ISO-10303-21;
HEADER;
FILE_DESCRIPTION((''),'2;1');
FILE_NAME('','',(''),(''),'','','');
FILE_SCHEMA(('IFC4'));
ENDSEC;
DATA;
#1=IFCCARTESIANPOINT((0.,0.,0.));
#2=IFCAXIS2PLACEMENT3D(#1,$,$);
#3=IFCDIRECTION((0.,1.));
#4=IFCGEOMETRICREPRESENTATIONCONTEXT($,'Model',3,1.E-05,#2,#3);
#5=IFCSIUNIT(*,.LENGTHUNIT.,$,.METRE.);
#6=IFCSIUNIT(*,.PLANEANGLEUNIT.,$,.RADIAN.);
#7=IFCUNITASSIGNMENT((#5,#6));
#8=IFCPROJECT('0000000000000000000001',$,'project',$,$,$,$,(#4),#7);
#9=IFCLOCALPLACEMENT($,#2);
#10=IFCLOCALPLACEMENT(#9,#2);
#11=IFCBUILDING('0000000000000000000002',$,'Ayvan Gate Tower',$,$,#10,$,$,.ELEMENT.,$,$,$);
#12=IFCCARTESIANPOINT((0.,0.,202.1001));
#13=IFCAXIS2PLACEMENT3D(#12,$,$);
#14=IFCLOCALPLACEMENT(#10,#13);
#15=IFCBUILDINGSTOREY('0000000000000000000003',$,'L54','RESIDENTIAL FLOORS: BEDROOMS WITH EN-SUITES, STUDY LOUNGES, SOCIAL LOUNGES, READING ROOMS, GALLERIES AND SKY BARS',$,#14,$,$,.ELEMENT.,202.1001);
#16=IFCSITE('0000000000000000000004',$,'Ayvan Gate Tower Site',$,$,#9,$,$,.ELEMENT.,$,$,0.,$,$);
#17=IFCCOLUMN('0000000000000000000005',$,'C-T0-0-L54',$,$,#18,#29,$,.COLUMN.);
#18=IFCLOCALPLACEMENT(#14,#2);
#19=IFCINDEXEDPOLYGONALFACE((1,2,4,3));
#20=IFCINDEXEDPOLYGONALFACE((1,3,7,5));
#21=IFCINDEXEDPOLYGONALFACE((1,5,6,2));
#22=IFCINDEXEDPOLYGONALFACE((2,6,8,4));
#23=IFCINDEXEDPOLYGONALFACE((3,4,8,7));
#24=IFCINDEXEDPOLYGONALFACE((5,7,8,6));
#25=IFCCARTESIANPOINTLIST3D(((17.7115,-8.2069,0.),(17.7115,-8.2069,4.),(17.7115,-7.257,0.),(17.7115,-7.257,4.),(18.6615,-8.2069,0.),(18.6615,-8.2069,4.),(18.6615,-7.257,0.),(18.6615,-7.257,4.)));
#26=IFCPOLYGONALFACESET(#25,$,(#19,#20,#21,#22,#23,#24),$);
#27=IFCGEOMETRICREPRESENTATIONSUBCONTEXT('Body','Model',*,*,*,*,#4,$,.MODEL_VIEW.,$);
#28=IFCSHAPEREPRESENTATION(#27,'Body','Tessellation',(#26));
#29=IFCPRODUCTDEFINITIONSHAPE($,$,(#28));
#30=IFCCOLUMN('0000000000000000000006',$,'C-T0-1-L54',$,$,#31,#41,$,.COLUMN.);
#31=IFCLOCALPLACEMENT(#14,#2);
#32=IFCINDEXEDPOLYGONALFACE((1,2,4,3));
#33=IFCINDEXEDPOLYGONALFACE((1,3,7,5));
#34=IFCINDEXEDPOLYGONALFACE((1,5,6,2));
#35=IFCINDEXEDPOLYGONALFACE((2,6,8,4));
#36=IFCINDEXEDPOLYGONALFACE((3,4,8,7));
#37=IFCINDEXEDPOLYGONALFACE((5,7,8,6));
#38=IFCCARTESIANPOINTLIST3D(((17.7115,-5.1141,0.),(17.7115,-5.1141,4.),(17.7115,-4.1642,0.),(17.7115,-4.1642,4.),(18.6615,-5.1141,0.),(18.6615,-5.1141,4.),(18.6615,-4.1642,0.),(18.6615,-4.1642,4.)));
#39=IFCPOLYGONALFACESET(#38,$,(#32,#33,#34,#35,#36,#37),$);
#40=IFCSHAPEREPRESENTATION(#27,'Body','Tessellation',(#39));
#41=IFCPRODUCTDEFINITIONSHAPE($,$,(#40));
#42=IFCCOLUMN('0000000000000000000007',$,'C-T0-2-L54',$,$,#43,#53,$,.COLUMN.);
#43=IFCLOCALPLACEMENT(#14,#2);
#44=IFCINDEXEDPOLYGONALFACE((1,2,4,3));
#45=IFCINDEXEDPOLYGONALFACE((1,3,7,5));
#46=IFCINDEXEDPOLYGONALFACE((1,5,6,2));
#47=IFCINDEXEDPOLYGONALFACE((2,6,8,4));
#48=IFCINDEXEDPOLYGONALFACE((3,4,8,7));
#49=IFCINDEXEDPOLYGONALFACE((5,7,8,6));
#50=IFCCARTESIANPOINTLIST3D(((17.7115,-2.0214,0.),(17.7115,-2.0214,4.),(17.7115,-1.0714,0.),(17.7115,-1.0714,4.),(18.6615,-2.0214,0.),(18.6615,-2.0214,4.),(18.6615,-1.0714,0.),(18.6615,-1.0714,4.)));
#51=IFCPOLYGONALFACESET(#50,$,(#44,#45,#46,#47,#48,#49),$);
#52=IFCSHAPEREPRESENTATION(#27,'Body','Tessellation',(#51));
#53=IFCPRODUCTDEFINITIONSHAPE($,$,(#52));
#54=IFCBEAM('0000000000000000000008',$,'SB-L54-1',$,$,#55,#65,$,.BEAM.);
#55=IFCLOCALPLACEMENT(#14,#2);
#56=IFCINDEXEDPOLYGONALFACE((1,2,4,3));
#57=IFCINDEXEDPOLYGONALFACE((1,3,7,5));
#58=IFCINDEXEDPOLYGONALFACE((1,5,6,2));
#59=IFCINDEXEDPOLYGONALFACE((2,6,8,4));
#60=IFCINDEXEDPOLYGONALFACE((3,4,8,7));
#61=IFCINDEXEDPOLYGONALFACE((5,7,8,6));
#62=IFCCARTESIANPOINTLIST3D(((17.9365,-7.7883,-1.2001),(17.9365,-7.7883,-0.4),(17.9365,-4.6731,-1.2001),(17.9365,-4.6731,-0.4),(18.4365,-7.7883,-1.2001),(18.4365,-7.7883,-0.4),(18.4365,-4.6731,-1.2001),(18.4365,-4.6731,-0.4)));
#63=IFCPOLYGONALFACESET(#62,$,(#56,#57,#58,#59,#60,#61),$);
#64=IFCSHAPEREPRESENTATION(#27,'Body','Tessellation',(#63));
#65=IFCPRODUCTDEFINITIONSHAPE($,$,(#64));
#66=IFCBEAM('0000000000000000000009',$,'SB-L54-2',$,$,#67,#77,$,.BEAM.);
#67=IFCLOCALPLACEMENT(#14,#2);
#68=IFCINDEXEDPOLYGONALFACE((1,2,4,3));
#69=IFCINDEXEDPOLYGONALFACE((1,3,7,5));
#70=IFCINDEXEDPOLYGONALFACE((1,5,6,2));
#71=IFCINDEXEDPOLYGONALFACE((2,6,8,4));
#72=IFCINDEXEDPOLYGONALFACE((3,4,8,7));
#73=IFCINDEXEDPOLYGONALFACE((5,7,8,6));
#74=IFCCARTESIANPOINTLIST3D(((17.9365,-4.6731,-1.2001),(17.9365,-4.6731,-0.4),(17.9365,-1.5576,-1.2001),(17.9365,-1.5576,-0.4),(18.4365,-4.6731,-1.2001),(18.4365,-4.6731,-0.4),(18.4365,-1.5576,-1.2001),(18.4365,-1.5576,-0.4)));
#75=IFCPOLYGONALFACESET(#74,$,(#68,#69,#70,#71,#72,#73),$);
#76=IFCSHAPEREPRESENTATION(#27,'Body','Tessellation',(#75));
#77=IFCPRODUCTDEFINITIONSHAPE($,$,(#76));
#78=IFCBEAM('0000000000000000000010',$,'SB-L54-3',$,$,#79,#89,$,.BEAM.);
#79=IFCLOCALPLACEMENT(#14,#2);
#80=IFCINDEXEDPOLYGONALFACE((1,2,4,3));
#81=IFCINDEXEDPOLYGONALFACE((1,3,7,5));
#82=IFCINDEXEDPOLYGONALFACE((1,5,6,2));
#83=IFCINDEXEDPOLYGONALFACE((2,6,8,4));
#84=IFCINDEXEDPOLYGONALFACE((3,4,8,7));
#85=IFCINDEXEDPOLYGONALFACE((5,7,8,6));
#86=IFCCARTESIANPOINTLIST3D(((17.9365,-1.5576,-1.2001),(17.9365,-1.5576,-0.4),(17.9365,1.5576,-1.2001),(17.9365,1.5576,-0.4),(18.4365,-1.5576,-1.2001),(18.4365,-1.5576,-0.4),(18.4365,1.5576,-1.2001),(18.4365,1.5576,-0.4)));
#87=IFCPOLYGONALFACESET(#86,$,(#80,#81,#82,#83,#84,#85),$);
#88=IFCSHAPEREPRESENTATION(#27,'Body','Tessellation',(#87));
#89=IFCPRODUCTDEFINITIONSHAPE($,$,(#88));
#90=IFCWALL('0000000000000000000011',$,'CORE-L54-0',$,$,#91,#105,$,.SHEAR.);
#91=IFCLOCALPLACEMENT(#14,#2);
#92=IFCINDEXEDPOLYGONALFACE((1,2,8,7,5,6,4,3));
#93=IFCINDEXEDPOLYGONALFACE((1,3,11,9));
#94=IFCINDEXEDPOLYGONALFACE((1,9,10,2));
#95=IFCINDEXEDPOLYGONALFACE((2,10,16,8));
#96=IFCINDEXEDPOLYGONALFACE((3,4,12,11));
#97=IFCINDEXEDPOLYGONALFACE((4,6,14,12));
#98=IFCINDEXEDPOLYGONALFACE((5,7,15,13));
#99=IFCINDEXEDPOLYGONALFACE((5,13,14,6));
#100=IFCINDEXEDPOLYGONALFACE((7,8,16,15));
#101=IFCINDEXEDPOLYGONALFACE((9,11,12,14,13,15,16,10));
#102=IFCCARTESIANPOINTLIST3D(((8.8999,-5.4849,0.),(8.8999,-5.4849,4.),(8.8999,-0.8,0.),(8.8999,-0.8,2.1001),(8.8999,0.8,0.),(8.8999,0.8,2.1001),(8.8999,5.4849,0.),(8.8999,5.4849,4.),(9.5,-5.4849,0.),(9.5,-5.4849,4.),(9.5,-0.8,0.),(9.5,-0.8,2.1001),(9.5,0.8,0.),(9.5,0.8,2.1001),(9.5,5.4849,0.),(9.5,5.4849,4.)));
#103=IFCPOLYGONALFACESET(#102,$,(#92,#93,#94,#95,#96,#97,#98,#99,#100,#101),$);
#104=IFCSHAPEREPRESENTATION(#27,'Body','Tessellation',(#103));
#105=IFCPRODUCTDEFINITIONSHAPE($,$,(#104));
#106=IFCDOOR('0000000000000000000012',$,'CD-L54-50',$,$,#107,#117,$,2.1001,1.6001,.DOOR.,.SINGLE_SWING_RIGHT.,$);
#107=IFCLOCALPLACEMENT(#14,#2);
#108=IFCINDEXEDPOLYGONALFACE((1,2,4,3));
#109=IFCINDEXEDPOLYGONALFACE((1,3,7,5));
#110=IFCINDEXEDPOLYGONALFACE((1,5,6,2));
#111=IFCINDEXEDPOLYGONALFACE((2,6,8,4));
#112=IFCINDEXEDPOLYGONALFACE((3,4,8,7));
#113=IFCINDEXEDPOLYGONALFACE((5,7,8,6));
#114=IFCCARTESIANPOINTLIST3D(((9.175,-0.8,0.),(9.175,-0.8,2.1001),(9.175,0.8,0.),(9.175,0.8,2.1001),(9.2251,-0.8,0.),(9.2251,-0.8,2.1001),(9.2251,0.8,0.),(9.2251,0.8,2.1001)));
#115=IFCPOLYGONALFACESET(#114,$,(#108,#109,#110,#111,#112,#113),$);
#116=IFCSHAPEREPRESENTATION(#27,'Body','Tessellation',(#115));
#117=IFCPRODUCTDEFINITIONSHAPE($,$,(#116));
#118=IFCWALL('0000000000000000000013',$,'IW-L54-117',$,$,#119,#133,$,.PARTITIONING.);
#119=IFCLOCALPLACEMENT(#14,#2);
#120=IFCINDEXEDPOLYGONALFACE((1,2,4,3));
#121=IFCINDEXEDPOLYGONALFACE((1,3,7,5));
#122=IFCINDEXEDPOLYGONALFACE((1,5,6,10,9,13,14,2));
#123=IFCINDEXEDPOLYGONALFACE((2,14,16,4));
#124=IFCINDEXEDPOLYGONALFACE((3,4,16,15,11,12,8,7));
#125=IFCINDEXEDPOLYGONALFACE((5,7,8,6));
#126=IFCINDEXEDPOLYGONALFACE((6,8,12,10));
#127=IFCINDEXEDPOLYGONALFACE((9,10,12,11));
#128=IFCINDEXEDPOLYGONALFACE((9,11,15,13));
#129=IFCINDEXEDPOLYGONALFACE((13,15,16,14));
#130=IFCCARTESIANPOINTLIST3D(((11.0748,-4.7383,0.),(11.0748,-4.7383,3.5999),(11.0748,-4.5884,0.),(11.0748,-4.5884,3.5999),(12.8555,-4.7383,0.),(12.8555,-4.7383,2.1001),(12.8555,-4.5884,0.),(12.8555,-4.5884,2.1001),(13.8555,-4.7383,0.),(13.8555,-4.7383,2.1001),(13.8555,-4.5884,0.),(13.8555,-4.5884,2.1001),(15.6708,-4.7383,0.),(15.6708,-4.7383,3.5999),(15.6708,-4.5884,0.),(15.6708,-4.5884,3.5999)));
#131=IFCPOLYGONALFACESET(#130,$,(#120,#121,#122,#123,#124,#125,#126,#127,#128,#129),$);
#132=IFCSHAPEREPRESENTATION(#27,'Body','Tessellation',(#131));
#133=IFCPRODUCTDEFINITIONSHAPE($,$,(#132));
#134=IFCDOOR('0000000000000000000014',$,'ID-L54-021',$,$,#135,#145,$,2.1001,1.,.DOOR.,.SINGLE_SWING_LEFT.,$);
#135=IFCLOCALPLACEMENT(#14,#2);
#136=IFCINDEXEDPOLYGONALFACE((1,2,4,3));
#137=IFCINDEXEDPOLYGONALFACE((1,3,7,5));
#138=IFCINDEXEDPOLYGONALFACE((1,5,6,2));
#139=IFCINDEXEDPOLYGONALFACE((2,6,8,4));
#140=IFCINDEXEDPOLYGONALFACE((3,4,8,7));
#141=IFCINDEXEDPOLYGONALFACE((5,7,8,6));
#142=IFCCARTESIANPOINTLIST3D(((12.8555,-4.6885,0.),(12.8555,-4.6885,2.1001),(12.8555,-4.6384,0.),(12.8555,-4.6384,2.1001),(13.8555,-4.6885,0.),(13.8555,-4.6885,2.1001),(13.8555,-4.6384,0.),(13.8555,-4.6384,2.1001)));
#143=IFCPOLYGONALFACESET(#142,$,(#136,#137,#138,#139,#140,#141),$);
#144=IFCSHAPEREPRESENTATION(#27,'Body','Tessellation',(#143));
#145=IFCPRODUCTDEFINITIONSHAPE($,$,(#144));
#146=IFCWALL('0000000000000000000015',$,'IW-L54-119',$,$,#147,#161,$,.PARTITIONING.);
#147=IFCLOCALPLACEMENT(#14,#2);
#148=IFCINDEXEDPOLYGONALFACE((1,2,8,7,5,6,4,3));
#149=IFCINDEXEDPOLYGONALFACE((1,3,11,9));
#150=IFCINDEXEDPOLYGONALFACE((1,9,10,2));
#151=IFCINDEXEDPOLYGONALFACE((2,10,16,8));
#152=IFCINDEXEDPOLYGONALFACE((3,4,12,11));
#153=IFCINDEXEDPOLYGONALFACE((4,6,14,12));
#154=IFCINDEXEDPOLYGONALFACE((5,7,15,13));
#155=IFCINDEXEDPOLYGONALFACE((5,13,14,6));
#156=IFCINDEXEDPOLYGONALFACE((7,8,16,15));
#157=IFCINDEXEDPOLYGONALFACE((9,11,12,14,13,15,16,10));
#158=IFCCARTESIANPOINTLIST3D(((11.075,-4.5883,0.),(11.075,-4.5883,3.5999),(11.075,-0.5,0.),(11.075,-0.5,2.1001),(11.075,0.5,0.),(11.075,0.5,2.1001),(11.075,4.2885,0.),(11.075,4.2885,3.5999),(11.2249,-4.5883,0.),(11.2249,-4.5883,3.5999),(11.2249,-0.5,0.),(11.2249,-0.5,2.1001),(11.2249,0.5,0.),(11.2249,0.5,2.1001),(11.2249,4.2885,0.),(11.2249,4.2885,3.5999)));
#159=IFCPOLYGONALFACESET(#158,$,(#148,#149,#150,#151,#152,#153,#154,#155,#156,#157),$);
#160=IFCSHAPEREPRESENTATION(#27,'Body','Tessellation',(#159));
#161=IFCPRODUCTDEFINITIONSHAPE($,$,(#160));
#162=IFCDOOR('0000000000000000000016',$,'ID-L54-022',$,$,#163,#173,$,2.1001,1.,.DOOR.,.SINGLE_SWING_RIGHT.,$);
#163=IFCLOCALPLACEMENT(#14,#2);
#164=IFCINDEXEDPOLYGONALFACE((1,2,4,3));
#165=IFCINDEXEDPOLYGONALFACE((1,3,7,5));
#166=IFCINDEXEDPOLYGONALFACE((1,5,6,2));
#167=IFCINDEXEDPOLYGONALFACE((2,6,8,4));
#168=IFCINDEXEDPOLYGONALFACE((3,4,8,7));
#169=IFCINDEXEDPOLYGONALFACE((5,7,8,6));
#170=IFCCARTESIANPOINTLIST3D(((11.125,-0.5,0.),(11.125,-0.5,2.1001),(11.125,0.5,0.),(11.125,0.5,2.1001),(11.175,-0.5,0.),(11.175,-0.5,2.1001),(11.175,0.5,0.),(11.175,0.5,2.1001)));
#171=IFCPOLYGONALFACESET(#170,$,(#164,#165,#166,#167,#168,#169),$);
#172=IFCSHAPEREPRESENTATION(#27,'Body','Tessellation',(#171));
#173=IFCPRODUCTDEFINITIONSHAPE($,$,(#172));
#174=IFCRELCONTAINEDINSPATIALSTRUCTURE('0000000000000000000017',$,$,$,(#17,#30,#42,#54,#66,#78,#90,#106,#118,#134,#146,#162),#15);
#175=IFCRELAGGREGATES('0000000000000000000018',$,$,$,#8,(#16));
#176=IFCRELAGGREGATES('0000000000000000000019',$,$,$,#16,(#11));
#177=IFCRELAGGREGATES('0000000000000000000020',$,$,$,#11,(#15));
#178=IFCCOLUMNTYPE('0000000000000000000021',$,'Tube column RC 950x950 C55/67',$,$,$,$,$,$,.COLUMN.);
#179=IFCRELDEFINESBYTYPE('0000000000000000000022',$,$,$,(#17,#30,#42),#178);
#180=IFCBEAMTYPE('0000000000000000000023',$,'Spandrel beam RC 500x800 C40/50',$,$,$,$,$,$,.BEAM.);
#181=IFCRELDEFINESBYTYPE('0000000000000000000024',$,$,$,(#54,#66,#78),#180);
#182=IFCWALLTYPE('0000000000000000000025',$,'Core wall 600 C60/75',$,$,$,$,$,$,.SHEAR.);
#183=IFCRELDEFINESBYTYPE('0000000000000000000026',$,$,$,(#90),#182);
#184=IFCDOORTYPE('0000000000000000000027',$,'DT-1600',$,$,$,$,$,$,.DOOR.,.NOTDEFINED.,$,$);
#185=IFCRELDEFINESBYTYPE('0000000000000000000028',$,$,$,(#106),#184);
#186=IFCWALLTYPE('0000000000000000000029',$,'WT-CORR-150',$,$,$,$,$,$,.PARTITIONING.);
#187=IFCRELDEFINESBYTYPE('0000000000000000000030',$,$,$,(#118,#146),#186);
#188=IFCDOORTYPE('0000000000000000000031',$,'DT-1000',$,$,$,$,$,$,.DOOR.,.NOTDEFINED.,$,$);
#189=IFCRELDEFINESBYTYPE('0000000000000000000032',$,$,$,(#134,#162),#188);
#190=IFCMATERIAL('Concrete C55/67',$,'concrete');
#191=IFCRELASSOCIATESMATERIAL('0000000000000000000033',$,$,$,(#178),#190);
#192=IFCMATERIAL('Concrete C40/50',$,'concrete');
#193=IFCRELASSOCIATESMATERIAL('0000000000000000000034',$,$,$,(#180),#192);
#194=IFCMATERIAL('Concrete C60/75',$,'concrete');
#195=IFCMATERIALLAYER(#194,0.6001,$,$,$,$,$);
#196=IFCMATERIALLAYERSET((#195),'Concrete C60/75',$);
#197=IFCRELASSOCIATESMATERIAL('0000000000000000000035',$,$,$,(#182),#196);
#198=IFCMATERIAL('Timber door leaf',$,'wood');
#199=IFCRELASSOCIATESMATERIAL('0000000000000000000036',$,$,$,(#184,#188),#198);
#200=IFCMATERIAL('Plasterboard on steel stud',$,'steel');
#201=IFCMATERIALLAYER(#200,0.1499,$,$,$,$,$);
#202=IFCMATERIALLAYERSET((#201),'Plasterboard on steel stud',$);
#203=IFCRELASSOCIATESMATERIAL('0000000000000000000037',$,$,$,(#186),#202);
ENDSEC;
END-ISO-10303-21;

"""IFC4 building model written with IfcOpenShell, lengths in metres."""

from ifc_helpers import new_model, si_unit, direction, frame, frame_2d, origin, origin_2d, place, context, subcontext, project, spatial, rectangle, extrude, material, layer, layer_set, material_profile, profile_set, type_object, element, fill, save


model = new_model("IFC4")

# Units and contexts
model_context = context("Model", 3, precision=1e-05, world=origin(), true_north=direction((0.0, 1.0)))
body_context = subcontext(model_context, "Body", "Model", "MODEL_VIEW")
ifc_project = project(units=[si_unit("LENGTHUNIT", "METRE"), si_unit("PLANEANGLEUNIT", "RADIAN")], contexts=[model_context])

# Site, building, storey
site_placement = place(None, origin())
site = spatial("IfcSite", under=ifc_project, at=site_placement, Name="Ayvan Gate Tower Site", CompositionType="ELEMENT", RefElevation=0.0)
building_placement = place(site_placement, origin())
building = spatial("IfcBuilding", under=site, at=building_placement, Name="Ayvan Gate Tower", CompositionType="ELEMENT")
storey_placement = place(building_placement, frame((0.0, 0.0, 202.1001)))
storey = spatial("IfcBuildingStorey", under=building, at=storey_placement, Name="L54", Description="RESIDENTIAL FLOORS: BEDROOMS WITH EN-SUITES, STUDY LOUNGES, SOCIAL LOUNGES, READING ROOMS, GALLERIES AND SKY BARS", CompositionType="ELEMENT", Elevation=202.1001)

# Columns
ifc_material_1 = material(Name="Concrete C55/67", Category="concrete")
ifc_material_profile_1 = material_profile(ifc_material_1, rectangle(XDim=0.95, YDim=0.95, at=origin_2d()), Name="RC 950x950")
ifc_profile_set_1 = profile_set([ifc_material_profile_1], Name="Concrete C55/67")
column_type = type_object("IfcColumnType", Name="Tube column RC 950x950 C55/67", PredefinedType="COLUMN", material=ifc_profile_set_1)
for number, where, z_axis, x_axis, name in (
    (1, (18.1865, -7.7319, 0.0), (0.0, 0.0, 1.0), (1.0, 0.0, 0.0), "C-T0-0-L54"),
    (2, (18.1865, -4.6392, 0.0), (0.0, 0.0, 1.0), (1.0, 0.0, 0.0), "C-T0-1-L54"),
    (3, (18.1865, -1.5464, 0.0), (0.0, 0.0, 1.0), (1.0, 0.0, 0.0), "C-T0-2-L54"),
):
    element("IfcColumn", number, at=place(storey_placement, frame(where, z_axis=z_axis, x_axis=x_axis)), inside=storey, type_object=column_type, Name=name, PredefinedType="COLUMN", context=body_context, shape_type="SweptSolid", body=[
        extrude(rectangle(XDim=0.95, YDim=0.95, at=origin_2d()), origin(), (0.0, 0.0, 1.0), 4.0),
    ])

# Beams
ifc_material_2 = material(Name="Concrete C40/50", Category="concrete")
ifc_material_profile_2 = material_profile(ifc_material_2, rectangle(XDim=0.5, YDim=0.8, at=origin_2d()), Name="RC 500x800")
ifc_profile_set_2 = profile_set([ifc_material_profile_2], Name="Concrete C40/50")
beam_type = type_object("IfcBeamType", Name="Spandrel beam RC 500x800 C40/50", PredefinedType="BEAM", material=ifc_profile_set_2)
beam_1_placement = place(storey_placement, frame((18.1865, -7.7883, -0.8), z_axis=(0.0, 1.0, 0.0), x_axis=(-1.0, 0.0, 0.0)))
element("IfcBeam", 4, at=beam_1_placement, inside=storey, type_object=beam_type, Name="SB-L54-1", PredefinedType="BEAM", context=body_context, shape_type="SweptSolid", body=[
    extrude(rectangle(XDim=0.5, YDim=0.8, at=origin_2d()), origin(), (0.0, 0.0, 1.0), 3.1152),
])
beam_2_placement = place(storey_placement, frame((18.1865, -4.6731, -0.8), z_axis=(0.0, 1.0, 0.0), x_axis=(-1.0, 0.0, 0.0)))
element("IfcBeam", 5, at=beam_2_placement, inside=storey, type_object=beam_type, Name="SB-L54-2", PredefinedType="BEAM", context=body_context, shape_type="SweptSolid", body=[
    extrude(rectangle(XDim=0.5, YDim=0.8, at=origin_2d()), origin(), (0.0, 0.0, 1.0), 3.1155),
])
beam_3_placement = place(storey_placement, frame((18.1865, -1.5576, -0.8), z_axis=(0.0, 1.0, 0.0), x_axis=(-1.0, 0.0, 0.0)))
element("IfcBeam", 6, at=beam_3_placement, inside=storey, type_object=beam_type, Name="SB-L54-3", PredefinedType="BEAM", context=body_context, shape_type="SweptSolid", body=[
    extrude(rectangle(XDim=0.5, YDim=0.8, at=origin_2d()), origin(), (0.0, 0.0, 1.0), 3.1152),
])

# Walls, openings, doors
ifc_material_3 = material(Name="Concrete C60/75", Category="concrete")
ifc_layer_1 = layer(ifc_material_3, 0.6001)
ifc_layer_set_1 = layer_set([ifc_layer_1], Name="Concrete C60/75")
wall_type_1 = type_object("IfcWallType", Name="Core wall 600 C60/75", PredefinedType="SHEAR", material=ifc_layer_set_1)
wall_1_placement = place(storey_placement, frame((9.2, -5.4849, 0.0), z_axis=(0.0, 0.0, 1.0), x_axis=(0.0, 1.0, 0.0)))
wall_1 = element("IfcWall", 7, at=wall_1_placement, inside=storey, type_object=wall_type_1, Name="CORE-L54-0", PredefinedType="SHEAR", context=body_context, shape_type="SweptSolid", body=[
    extrude(rectangle(XDim=10.9697, YDim=0.6001, at=frame_2d((5.4849, 0.0))), origin(), (0.0, 0.0, 1.0), 4.0),
])
opening_1_placement = place(wall_1_placement, frame((4.6848, 0.0, 0.0)))
opening_1 = element("IfcOpeningElement", 8, at=opening_1_placement, cuts=wall_1, PredefinedType="OPENING", context=body_context, shape_type="SweptSolid", body=[
    extrude(rectangle(XDim=1.6001, YDim=2.1001, at=frame_2d((0.8, 1.05))), frame((0.0, 0.3101, 0.0), z_axis=(0.0, -1.0, 0.0), x_axis=(1.0, 0.0, 0.0)), (0.0, 0.0, 1.0), 0.6201),
])
ifc_material_4 = material(Name="Timber door leaf", Category="wood")
door_type_1 = type_object("IfcDoorType", Name="DT-1600", OperationType="NOTDEFINED", PredefinedType="DOOR", material=ifc_material_4)
door_1_placement = place(opening_1_placement, origin())
door_1 = element("IfcDoor", 9, at=door_1_placement, inside=storey, type_object=door_type_1, Name="CD-L54-50", OperationType="SINGLE_SWING_RIGHT", OverallHeight=2.1001, OverallWidth=1.6001, PredefinedType="DOOR", context=body_context, shape_type="SweptSolid", body=[
    extrude(rectangle(XDim=1.6001, YDim=2.1001, at=frame_2d((0.8, 1.05))), frame((0.0, 0.0249, 0.0), z_axis=(0.0, -1.0, 0.0), x_axis=(1.0, 0.0, 0.0)), (0.0, 0.0, 1.0), 0.05),
])
fill(opening_1, door_1)
ifc_material_5 = material(Name="Plasterboard on steel stud", Category="steel")
ifc_layer_2 = layer(ifc_material_5, 0.1499)
ifc_layer_set_2 = layer_set([ifc_layer_2], Name="Plasterboard on steel stud")
wall_type_2 = type_object("IfcWallType", Name="WT-CORR-150", PredefinedType="PARTITIONING", material=ifc_layer_set_2)
wall_2_placement = place(storey_placement, frame((11.075, -4.6633, 0.0), z_axis=(0.0, 0.0, 1.0), x_axis=(1.0, 0.0, 0.0)))
wall_2 = element("IfcWall", 10, at=wall_2_placement, inside=storey, type_object=wall_type_2, Name="IW-L54-117", PredefinedType="PARTITIONING", context=body_context, shape_type="SweptSolid", body=[
    extrude(rectangle(XDim=4.5959, YDim=0.1499, at=frame_2d((2.2979, 0.0))), origin(), (0.0, 0.0, 1.0), 3.5999),
])
opening_2_placement = place(wall_2_placement, frame((1.7805, 0.0, 0.0)))
opening_2 = element("IfcOpeningElement", 11, at=opening_2_placement, cuts=wall_2, PredefinedType="OPENING", context=body_context, shape_type="SweptSolid", body=[
    extrude(rectangle(XDim=1.0, YDim=2.1001, at=frame_2d((0.5, 1.05))), frame((0.0, 0.085, 0.0), z_axis=(0.0, -1.0, 0.0), x_axis=(1.0, 0.0, 0.0)), (0.0, 0.0, 1.0), 0.1699),
])
door_type_2 = type_object("IfcDoorType", Name="DT-1000", OperationType="NOTDEFINED", PredefinedType="DOOR", material=ifc_material_4)
door_2_placement = place(opening_2_placement, origin())
door_2 = element("IfcDoor", 12, at=door_2_placement, inside=storey, type_object=door_type_2, Name="ID-L54-021", OperationType="SINGLE_SWING_LEFT", OverallHeight=2.1001, OverallWidth=1.0, PredefinedType="DOOR", context=body_context, shape_type="SweptSolid", body=[
    extrude(rectangle(XDim=1.0, YDim=2.1001, at=frame_2d((0.5, 1.05))), frame((0.0, 0.0249, 0.0), z_axis=(0.0, -1.0, 0.0), x_axis=(1.0, 0.0, 0.0)), (0.0, 0.0, 1.0), 0.05),
])
fill(opening_2, door_2)
wall_3_placement = place(storey_placement, frame((11.1499, -4.5884, 0.0), z_axis=(0.0, 0.0, 1.0), x_axis=(0.0, 1.0, 0.0)))
wall_3 = element("IfcWall", 13, at=wall_3_placement, inside=storey, type_object=wall_type_2, Name="IW-L54-119", PredefinedType="PARTITIONING", context=body_context, shape_type="SweptSolid", body=[
    extrude(rectangle(XDim=8.8767, YDim=0.1499, at=frame_2d((4.4385, 0.0))), origin(), (0.0, 0.0, 1.0), 3.5999),
])
opening_3_placement = place(wall_3_placement, frame((4.0884, 0.0, 0.0)))
opening_3 = element("IfcOpeningElement", 14, at=opening_3_placement, cuts=wall_3, PredefinedType="OPENING", context=body_context, shape_type="SweptSolid", body=[
    extrude(rectangle(XDim=1.0, YDim=2.1001, at=frame_2d((0.5, 1.05))), frame((0.0, 0.085, 0.0), z_axis=(0.0, -1.0, 0.0), x_axis=(1.0, 0.0, 0.0)), (0.0, 0.0, 1.0), 0.1699),
])
door_3_placement = place(opening_3_placement, origin())
door_3 = element("IfcDoor", 15, at=door_3_placement, inside=storey, type_object=door_type_2, Name="ID-L54-022", OperationType="SINGLE_SWING_RIGHT", OverallHeight=2.1001, OverallWidth=1.0, PredefinedType="DOOR", context=body_context, shape_type="SweptSolid", body=[
    extrude(rectangle(XDim=1.0, YDim=2.1001, at=frame_2d((0.5, 1.05))), frame((0.0, 0.0249, 0.0), z_axis=(0.0, -1.0, 0.0), x_axis=(1.0, 0.0, 0.0)), (0.0, 0.0, 1.0), 0.05),
])
fill(opening_3, door_3)

save(model, "model.ifc")
